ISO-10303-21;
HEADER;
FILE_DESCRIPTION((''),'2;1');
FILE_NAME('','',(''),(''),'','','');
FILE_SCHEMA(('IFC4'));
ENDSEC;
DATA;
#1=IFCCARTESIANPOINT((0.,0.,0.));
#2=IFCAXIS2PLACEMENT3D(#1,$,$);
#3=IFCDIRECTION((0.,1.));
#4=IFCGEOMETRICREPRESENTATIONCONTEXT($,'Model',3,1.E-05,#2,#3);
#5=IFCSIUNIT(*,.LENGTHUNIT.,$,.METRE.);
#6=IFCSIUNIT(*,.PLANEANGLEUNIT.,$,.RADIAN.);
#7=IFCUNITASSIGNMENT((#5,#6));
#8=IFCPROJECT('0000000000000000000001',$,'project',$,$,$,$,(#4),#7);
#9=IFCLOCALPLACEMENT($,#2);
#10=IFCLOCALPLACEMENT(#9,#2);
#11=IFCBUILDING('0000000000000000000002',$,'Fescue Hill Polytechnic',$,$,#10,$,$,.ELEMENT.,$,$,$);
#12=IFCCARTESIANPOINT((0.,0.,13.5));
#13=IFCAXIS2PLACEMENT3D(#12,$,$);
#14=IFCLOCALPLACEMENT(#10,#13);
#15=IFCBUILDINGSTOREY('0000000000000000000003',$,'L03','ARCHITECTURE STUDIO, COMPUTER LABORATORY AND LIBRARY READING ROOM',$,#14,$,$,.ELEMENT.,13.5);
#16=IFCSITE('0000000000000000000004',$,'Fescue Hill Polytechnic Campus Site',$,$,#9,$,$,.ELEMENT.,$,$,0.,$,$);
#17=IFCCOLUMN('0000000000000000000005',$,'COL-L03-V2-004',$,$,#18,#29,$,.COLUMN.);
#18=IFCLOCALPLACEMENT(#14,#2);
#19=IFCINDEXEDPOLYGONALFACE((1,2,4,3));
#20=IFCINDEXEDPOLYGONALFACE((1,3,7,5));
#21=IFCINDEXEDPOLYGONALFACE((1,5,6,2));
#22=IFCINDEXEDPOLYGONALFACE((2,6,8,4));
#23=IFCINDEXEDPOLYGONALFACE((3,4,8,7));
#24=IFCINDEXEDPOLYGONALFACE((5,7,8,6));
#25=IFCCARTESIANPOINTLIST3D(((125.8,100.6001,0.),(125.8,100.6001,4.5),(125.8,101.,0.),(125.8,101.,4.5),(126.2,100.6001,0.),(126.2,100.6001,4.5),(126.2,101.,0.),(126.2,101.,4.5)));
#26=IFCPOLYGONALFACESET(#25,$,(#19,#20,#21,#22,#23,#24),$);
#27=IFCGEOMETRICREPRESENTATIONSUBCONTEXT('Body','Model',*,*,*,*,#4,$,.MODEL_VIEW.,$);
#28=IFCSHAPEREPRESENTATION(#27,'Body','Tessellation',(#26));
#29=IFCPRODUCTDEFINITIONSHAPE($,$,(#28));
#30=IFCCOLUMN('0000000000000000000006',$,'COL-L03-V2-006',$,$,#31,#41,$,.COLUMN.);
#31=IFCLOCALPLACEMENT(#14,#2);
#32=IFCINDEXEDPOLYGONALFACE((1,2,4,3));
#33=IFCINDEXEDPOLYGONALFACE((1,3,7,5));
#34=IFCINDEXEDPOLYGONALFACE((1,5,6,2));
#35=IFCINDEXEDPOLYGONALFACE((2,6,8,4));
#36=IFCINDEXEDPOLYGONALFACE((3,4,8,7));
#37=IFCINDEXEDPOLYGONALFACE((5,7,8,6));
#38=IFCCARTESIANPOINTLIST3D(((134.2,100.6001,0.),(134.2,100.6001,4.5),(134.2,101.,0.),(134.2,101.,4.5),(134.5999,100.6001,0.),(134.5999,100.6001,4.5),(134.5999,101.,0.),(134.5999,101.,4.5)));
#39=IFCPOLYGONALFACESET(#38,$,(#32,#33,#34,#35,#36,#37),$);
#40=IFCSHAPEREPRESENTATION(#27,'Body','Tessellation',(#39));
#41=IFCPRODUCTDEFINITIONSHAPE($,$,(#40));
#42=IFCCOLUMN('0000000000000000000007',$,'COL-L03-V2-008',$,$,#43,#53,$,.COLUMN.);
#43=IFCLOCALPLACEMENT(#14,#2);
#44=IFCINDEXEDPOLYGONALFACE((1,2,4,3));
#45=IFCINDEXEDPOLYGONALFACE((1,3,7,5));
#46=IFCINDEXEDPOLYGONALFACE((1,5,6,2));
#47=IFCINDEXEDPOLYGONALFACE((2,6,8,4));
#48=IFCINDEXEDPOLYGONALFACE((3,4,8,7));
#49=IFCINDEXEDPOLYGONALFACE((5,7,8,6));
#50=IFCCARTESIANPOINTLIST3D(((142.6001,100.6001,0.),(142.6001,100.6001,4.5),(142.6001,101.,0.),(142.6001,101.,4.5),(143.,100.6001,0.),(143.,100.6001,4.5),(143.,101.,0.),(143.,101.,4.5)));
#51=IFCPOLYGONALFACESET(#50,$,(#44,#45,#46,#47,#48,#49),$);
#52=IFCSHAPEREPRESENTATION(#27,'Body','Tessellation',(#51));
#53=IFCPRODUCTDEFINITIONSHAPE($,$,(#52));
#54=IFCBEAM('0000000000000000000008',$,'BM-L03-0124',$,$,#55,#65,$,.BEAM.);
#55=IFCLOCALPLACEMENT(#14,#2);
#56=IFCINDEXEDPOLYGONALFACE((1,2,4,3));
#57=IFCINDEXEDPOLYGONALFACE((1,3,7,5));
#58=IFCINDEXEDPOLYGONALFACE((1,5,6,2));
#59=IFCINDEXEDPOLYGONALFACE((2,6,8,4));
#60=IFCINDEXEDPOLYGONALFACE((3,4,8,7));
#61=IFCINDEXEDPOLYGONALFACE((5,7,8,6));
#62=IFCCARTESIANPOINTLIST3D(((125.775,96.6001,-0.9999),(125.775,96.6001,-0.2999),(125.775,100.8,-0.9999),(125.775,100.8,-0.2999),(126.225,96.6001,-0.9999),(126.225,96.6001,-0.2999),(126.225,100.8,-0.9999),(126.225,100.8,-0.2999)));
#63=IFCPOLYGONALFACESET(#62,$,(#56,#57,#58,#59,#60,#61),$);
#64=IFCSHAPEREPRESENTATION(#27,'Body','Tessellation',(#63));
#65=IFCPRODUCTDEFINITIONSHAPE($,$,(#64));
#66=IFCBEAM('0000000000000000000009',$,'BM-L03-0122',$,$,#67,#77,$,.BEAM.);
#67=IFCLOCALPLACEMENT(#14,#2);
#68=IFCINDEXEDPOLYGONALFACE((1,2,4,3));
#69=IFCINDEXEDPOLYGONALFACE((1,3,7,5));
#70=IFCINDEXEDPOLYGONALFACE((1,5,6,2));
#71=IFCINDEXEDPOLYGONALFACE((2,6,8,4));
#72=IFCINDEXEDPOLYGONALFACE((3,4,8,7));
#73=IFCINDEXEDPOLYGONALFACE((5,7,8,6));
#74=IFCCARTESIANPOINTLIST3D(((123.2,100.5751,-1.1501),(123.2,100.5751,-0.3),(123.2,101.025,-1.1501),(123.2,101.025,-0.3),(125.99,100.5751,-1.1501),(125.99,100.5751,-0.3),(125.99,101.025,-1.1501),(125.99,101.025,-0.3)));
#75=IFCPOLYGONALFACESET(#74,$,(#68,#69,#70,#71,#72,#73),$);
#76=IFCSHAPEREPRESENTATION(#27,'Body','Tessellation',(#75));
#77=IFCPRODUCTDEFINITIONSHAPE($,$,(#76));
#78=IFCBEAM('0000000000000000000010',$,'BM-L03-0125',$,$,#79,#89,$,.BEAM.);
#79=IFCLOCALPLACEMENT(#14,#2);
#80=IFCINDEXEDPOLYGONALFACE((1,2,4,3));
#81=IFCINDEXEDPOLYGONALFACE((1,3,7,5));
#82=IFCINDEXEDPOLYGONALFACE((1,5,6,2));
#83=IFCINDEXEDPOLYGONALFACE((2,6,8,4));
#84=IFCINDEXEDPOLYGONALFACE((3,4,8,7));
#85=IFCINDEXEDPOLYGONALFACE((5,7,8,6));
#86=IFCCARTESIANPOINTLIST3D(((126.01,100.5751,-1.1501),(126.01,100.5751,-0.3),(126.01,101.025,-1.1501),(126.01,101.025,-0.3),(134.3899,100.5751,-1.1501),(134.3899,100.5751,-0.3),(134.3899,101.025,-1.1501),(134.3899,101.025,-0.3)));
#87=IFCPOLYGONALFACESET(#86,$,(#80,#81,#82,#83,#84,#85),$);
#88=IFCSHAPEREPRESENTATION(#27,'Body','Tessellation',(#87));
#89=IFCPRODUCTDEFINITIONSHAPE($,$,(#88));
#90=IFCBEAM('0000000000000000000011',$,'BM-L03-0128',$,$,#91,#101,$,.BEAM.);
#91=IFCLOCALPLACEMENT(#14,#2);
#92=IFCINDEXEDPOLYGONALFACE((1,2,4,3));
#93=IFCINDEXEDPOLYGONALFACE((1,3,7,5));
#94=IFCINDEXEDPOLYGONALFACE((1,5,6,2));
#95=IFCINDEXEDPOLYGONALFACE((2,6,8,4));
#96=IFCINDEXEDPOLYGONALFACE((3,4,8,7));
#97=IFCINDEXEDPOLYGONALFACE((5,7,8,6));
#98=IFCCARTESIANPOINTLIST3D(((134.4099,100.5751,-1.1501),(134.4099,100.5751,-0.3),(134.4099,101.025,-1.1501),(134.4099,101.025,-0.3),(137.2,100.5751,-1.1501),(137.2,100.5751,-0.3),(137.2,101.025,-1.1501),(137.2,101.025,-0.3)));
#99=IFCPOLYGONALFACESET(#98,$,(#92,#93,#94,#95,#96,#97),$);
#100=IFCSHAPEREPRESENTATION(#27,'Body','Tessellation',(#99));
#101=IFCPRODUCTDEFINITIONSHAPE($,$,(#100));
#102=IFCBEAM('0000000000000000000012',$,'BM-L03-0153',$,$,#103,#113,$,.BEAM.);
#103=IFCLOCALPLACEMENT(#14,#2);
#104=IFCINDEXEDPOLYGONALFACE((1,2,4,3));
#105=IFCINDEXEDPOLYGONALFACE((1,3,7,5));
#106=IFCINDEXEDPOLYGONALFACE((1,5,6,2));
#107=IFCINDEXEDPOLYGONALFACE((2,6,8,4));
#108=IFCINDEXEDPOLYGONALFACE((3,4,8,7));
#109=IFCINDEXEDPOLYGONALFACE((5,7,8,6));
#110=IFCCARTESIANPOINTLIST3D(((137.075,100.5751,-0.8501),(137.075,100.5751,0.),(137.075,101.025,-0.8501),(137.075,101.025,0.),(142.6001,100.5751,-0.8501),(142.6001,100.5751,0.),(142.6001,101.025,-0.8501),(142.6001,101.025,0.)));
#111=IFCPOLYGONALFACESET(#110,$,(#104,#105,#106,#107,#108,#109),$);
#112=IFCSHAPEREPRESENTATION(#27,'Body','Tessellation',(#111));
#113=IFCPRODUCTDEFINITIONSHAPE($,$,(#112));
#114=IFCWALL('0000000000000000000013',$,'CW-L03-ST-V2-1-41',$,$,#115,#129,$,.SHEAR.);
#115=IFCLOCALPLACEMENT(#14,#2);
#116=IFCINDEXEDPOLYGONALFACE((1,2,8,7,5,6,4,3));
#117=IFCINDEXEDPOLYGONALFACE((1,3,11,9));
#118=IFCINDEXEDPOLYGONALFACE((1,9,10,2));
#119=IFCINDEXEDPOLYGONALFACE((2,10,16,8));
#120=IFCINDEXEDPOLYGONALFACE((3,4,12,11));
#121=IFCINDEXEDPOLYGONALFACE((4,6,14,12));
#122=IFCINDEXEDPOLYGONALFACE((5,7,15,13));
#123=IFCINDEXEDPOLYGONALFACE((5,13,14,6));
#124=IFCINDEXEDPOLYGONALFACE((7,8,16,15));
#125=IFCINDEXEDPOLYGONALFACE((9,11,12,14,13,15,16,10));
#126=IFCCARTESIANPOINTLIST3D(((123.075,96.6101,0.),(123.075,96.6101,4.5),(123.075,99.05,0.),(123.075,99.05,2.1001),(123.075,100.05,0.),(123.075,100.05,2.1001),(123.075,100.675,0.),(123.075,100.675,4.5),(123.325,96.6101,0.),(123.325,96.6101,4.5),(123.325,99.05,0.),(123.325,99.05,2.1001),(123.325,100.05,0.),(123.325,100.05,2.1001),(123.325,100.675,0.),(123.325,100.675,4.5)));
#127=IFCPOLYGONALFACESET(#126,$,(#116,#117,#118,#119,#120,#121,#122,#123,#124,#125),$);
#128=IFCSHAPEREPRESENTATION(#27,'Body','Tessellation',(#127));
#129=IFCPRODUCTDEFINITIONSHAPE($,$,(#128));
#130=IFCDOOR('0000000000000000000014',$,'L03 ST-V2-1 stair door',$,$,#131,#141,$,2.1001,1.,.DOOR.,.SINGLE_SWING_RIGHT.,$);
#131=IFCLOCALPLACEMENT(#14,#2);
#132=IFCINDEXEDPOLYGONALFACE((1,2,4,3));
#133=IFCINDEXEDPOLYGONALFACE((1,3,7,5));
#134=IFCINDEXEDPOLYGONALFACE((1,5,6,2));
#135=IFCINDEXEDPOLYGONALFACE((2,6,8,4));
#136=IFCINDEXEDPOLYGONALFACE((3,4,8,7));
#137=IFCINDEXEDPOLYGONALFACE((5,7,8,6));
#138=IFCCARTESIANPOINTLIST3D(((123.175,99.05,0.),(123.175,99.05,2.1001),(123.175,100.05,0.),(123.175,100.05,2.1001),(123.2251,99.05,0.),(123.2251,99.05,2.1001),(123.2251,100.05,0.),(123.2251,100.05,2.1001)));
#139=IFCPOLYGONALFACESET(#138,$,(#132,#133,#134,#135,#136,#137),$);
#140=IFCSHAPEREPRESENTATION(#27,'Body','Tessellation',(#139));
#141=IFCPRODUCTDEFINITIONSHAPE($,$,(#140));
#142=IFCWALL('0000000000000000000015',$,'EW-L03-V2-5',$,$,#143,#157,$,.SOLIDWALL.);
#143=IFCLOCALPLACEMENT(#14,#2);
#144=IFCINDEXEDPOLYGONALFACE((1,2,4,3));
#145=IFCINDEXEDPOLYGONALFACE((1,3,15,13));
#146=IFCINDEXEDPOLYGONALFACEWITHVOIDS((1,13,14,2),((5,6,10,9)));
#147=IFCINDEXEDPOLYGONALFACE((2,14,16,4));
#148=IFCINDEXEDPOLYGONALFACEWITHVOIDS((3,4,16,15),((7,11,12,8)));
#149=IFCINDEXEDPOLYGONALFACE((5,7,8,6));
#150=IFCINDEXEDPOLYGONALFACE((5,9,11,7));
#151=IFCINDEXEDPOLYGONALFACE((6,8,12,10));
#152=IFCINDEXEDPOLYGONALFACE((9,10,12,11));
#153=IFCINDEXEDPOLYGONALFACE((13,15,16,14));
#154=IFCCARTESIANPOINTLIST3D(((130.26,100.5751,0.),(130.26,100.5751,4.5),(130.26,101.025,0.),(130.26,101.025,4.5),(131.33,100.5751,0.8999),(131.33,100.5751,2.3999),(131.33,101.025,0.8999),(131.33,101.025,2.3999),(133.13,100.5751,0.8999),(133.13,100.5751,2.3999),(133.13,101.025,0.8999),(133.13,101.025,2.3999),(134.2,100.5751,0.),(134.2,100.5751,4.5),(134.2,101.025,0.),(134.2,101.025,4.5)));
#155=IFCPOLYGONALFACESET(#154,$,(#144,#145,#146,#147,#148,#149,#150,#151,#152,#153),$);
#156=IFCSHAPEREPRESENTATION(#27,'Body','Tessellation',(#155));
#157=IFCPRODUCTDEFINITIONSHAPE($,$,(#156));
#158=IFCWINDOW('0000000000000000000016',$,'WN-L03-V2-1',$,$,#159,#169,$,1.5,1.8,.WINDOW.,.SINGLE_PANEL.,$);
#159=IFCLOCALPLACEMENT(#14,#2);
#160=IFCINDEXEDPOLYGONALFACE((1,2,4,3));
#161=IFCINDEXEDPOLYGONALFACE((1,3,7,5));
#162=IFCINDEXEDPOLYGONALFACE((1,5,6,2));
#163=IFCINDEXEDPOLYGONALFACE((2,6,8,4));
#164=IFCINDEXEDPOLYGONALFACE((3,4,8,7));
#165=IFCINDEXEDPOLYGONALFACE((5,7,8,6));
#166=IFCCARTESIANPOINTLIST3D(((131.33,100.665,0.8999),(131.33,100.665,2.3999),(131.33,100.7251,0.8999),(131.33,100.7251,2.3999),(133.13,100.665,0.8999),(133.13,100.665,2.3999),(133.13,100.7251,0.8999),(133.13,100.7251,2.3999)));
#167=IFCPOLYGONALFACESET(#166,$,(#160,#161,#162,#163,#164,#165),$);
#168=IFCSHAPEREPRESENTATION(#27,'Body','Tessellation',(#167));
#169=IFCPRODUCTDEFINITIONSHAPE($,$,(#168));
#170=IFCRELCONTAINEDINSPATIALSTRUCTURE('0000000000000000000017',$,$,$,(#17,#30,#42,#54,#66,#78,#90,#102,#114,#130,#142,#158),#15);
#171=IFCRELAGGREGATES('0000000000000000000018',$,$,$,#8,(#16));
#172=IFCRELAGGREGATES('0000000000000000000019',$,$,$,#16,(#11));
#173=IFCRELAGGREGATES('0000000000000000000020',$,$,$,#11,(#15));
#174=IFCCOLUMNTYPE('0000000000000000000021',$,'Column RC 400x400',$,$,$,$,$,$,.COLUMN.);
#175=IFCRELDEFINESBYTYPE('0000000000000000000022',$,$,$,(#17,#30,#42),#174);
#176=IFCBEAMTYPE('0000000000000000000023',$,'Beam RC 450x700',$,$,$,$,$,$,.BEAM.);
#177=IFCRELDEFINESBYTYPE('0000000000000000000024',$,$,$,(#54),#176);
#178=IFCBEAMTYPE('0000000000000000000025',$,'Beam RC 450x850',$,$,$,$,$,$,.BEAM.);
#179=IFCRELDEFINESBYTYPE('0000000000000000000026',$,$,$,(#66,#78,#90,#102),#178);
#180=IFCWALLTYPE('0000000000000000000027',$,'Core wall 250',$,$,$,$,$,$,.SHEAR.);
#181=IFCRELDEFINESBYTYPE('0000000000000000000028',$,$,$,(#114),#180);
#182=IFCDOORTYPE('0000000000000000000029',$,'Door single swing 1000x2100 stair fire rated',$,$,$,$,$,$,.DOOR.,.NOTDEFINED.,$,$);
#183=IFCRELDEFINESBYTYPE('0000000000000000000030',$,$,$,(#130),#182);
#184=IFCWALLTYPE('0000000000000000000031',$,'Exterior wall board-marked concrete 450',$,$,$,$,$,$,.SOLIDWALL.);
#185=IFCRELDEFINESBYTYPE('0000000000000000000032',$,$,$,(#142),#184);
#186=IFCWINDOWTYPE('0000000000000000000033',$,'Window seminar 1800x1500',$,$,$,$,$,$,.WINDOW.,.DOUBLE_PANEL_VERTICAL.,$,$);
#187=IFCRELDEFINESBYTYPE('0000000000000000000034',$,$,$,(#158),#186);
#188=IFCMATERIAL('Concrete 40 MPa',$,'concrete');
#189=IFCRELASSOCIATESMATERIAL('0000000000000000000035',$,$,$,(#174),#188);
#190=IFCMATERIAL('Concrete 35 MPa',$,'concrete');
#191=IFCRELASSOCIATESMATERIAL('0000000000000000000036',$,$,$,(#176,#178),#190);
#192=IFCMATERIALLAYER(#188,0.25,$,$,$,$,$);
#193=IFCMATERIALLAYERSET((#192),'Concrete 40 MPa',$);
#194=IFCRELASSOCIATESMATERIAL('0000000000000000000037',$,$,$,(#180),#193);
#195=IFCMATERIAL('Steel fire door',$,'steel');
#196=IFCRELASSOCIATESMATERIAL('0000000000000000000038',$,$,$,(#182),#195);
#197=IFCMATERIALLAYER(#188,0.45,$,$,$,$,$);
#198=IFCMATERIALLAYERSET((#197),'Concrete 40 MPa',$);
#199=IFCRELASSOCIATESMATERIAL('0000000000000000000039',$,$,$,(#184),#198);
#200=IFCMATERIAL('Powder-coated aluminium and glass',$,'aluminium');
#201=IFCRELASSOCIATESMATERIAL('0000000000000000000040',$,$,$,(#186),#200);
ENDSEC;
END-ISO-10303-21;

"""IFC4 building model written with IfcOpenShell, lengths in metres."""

from ifc_helpers import new_model, si_unit, direction, frame, frame_2d, origin, origin_2d, place, context, subcontext, project, spatial, rectangle, extrude, material, layer, layer_set, material_profile, profile_set, type_object, element, fill, save


model = new_model("IFC4")

# Units and contexts
model_context = context("Model", 3, precision=1e-05, world=origin(), true_north=direction((0.0, 1.0)))
body_context = subcontext(model_context, "Body", "Model", "MODEL_VIEW")
ifc_project = project(units=[si_unit("LENGTHUNIT", "METRE"), si_unit("PLANEANGLEUNIT", "RADIAN")], contexts=[model_context])

# Site, building, storey
site_placement = place(None, origin())
site = spatial("IfcSite", under=ifc_project, at=site_placement, Name="Fescue Hill Polytechnic Campus Site", CompositionType="ELEMENT", RefElevation=0.0)
building_placement = place(site_placement, origin())
building = spatial("IfcBuilding", under=site, at=building_placement, Name="Fescue Hill Polytechnic", CompositionType="ELEMENT")
storey_placement = place(building_placement, frame((0.0, 0.0, 13.5)))
storey = spatial("IfcBuildingStorey", under=building, at=storey_placement, Name="L03", Description="ARCHITECTURE STUDIO, COMPUTER LABORATORY AND LIBRARY READING ROOM", CompositionType="ELEMENT", Elevation=13.5)

# Columns
ifc_material_1 = material(Name="Concrete 40 MPa", Category="concrete")
ifc_material_profile_1 = material_profile(ifc_material_1, rectangle(XDim=0.3999, YDim=0.3999, at=origin_2d()), Name="RC 400x400")
ifc_profile_set_1 = profile_set([ifc_material_profile_1], Name="Concrete 40 MPa")
column_type = type_object("IfcColumnType", Name="Column RC 400x400", PredefinedType="COLUMN", material=ifc_profile_set_1)
for number, where, z_axis, x_axis, name in (
    (1, (126.0, 100.8, 0.0), (0.0, 0.0, 1.0), (1.0, 0.0, 0.0), "COL-L03-V2-004"),
    (2, (134.3999, 100.8, 0.0), (0.0, 0.0, 1.0), (1.0, 0.0, 0.0), "COL-L03-V2-006"),
    (3, (142.8, 100.8, 0.0), (0.0, 0.0, 1.0), (1.0, 0.0, 0.0), "COL-L03-V2-008"),
):
    element("IfcColumn", number, at=place(storey_placement, frame(where, z_axis=z_axis, x_axis=x_axis)), inside=storey, type_object=column_type, Name=name, PredefinedType="COLUMN", context=body_context, shape_type="SweptSolid", body=[
        extrude(rectangle(XDim=0.3999, YDim=0.3999, at=origin_2d()), origin(), (0.0, 0.0, 1.0), 4.5),
    ])

# Beams
ifc_material_2 = material(Name="Concrete 35 MPa", Category="concrete")
ifc_material_profile_2 = material_profile(ifc_material_2, rectangle(XDim=0.45, YDim=0.7, at=origin_2d()), Name="RC 450x700")
ifc_profile_set_2 = profile_set([ifc_material_profile_2], Name="Concrete 35 MPa")
beam_type_1 = type_object("IfcBeamType", Name="Beam RC 450x700", PredefinedType="BEAM", material=ifc_profile_set_2)
beam_1_placement = place(storey_placement, frame((126.0, 96.6001, -0.6499), z_axis=(0.0, 1.0, 0.0), x_axis=(-1.0, 0.0, 0.0)))
element("IfcBeam", 4, at=beam_1_placement, inside=storey, type_object=beam_type_1, Name="BM-L03-0124", PredefinedType="BEAM", context=body_context, shape_type="SweptSolid", body=[
    extrude(rectangle(XDim=0.45, YDim=0.7, at=origin_2d()), origin(), (0.0, 0.0, 1.0), 4.2),
])
ifc_material_profile_3 = material_profile(ifc_material_2, rectangle(XDim=0.45, YDim=0.8501, at=origin_2d()), Name="RC 450x850")
ifc_profile_set_3 = profile_set([ifc_material_profile_3], Name="Concrete 35 MPa")
beam_type_2 = type_object("IfcBeamType", Name="Beam RC 450x850", PredefinedType="BEAM", material=ifc_profile_set_3)
beam_2_placement = place(storey_placement, frame((123.2, 100.8, -0.7251), z_axis=(1.0, 0.0, 0.0), x_axis=(0.0, 1.0, 0.0)))
element("IfcBeam", 5, at=beam_2_placement, inside=storey, type_object=beam_type_2, Name="BM-L03-0122", PredefinedType="BEAM", context=body_context, shape_type="SweptSolid", body=[
    extrude(rectangle(XDim=0.45, YDim=0.8501, at=origin_2d()), origin(), (0.0, 0.0, 1.0), 2.79),
])
beam_3_placement = place(storey_placement, frame((126.01, 100.8, -0.7251), z_axis=(1.0, 0.0, 0.0), x_axis=(0.0, 1.0, 0.0)))
element("IfcBeam", 6, at=beam_3_placement, inside=storey, type_object=beam_type_2, Name="BM-L03-0125", PredefinedType="BEAM", context=body_context, shape_type="SweptSolid", body=[
    extrude(rectangle(XDim=0.45, YDim=0.8501, at=origin_2d()), origin(), (0.0, 0.0, 1.0), 8.3799),
])
beam_4_placement = place(storey_placement, frame((134.4099, 100.8, -0.7251), z_axis=(1.0, 0.0, 0.0), x_axis=(0.0, 1.0, 0.0)))
element("IfcBeam", 7, at=beam_4_placement, inside=storey, type_object=beam_type_2, Name="BM-L03-0128", PredefinedType="BEAM", context=body_context, shape_type="SweptSolid", body=[
    extrude(rectangle(XDim=0.45, YDim=0.8501, at=origin_2d()), origin(), (0.0, 0.0, 1.0), 2.79),
])
beam_5_placement = place(storey_placement, frame((137.075, 100.8, -0.425), z_axis=(1.0, 0.0, 0.0), x_axis=(0.0, 1.0, 0.0)))
element("IfcBeam", 8, at=beam_5_placement, inside=storey, type_object=beam_type_2, Name="BM-L03-0153", PredefinedType="BEAM", context=body_context, shape_type="SweptSolid", body=[
    extrude(rectangle(XDim=0.45, YDim=0.8501, at=origin_2d()), origin(), (0.0, 0.0, 1.0), 5.5251),
])

# Wall, opening, door
ifc_layer_1 = layer(ifc_material_1, 0.25)
ifc_layer_set_1 = layer_set([ifc_layer_1], Name="Concrete 40 MPa")
wall_type_1 = type_object("IfcWallType", Name="Core wall 250", PredefinedType="SHEAR", material=ifc_layer_set_1)
wall_1_placement = place(storey_placement, frame((123.2, 96.6101, 0.0), z_axis=(0.0, 0.0, 1.0), x_axis=(0.0, 1.0, 0.0)))
wall_1 = element("IfcWall", 9, at=wall_1_placement, inside=storey, type_object=wall_type_1, Name="CW-L03-ST-V2-1-41", PredefinedType="SHEAR", context=body_context, shape_type="SweptSolid", body=[
    extrude(rectangle(XDim=4.0649, YDim=0.25, at=frame_2d((2.0325, 0.0))), origin(), (0.0, 0.0, 1.0), 4.5),
])
opening_1_placement = place(wall_1_placement, frame((2.4399, 0.0, 0.0)))
opening_1 = element("IfcOpeningElement", 10, at=opening_1_placement, cuts=wall_1, PredefinedType="OPENING", context=body_context, shape_type="SweptSolid", body=[
    extrude(rectangle(XDim=1.0, YDim=2.1001, at=frame_2d((0.5, 1.05))), frame((0.0, 0.135, 0.0), z_axis=(0.0, -1.0, 0.0), x_axis=(1.0, 0.0, 0.0)), (0.0, 0.0, 1.0), 0.27),
])
ifc_material_3 = material(Name="Steel fire door", Category="steel")
door_type_1 = type_object("IfcDoorType", Name="Door single swing 1000x2100 stair fire rated", OperationType="NOTDEFINED", PredefinedType="DOOR", material=ifc_material_3)
door_1_placement = place(opening_1_placement, origin())
door_1 = element("IfcDoor", 11, at=door_1_placement, inside=storey, type_object=door_type_1, Name="L03 ST-V2-1 stair door", OperationType="SINGLE_SWING_RIGHT", OverallHeight=2.1001, OverallWidth=1.0, PredefinedType="DOOR", context=body_context, shape_type="SweptSolid", body=[
    extrude(rectangle(XDim=1.0, YDim=2.1001, at=frame_2d((0.5, 1.05))), frame((0.0, 0.0249, 0.0), z_axis=(0.0, -1.0, 0.0), x_axis=(1.0, 0.0, 0.0)), (0.0, 0.0, 1.0), 0.05),
])
fill(opening_1, door_1)

# Wall, opening, window
ifc_layer_2 = layer(ifc_material_1, 0.45)
ifc_layer_set_2 = layer_set([ifc_layer_2], Name="Concrete 40 MPa")
wall_type_2 = type_object("IfcWallType", Name="Exterior wall board-marked concrete 450", PredefinedType="SOLIDWALL", material=ifc_layer_set_2)
wall_2_placement = place(storey_placement, frame((134.2, 100.8, 0.0), z_axis=(0.0, 0.0, 1.0), x_axis=(-1.0, 0.0, 0.0)))
wall_2 = element("IfcWall", 12, at=wall_2_placement, inside=storey, type_object=wall_type_2, Name="EW-L03-V2-5", PredefinedType="SOLIDWALL", context=body_context, shape_type="SweptSolid", body=[
    extrude(rectangle(XDim=3.9399, YDim=0.45, at=frame_2d((1.97, 0.0))), origin(), (0.0, 0.0, 1.0), 4.5),
])
opening_2_placement = place(wall_2_placement, frame((1.0701, 0.0, 0.8999)))
opening_2 = element("IfcOpeningElement", 13, at=opening_2_placement, cuts=wall_2, PredefinedType="OPENING", context=body_context, shape_type="SweptSolid", body=[
    extrude(rectangle(XDim=1.8, YDim=1.5, at=frame_2d((0.8999, 0.75))), frame((0.0, 0.2349, 0.0), z_axis=(0.0, -1.0, 0.0), x_axis=(1.0, 0.0, 0.0)), (0.0, 0.0, 1.0), 0.47),
])
ifc_material_4 = material(Name="Powder-coated aluminium and glass", Category="aluminium")
window_type = type_object("IfcWindowType", Name="Window seminar 1800x1500", PartitioningType="DOUBLE_PANEL_VERTICAL", PredefinedType="WINDOW", material=ifc_material_4)
window_1_placement = place(opening_2_placement, origin())
window_1 = element("IfcWindow", 14, at=window_1_placement, inside=storey, type_object=window_type, Name="WN-L03-V2-1", OverallHeight=1.5, OverallWidth=1.8, PartitioningType="SINGLE_PANEL", PredefinedType="WINDOW", context=body_context, shape_type="SweptSolid", body=[
    extrude(rectangle(XDim=1.8, YDim=1.5, at=frame_2d((0.8999, 0.75))), frame((0.0, 0.135, 0.0), z_axis=(0.0, -1.0, 0.0), x_axis=(1.0, 0.0, 0.0)), (0.0, 0.0, 1.0), 0.0601),
])
fill(opening_2, window_1)

save(model, "model.ifc")
